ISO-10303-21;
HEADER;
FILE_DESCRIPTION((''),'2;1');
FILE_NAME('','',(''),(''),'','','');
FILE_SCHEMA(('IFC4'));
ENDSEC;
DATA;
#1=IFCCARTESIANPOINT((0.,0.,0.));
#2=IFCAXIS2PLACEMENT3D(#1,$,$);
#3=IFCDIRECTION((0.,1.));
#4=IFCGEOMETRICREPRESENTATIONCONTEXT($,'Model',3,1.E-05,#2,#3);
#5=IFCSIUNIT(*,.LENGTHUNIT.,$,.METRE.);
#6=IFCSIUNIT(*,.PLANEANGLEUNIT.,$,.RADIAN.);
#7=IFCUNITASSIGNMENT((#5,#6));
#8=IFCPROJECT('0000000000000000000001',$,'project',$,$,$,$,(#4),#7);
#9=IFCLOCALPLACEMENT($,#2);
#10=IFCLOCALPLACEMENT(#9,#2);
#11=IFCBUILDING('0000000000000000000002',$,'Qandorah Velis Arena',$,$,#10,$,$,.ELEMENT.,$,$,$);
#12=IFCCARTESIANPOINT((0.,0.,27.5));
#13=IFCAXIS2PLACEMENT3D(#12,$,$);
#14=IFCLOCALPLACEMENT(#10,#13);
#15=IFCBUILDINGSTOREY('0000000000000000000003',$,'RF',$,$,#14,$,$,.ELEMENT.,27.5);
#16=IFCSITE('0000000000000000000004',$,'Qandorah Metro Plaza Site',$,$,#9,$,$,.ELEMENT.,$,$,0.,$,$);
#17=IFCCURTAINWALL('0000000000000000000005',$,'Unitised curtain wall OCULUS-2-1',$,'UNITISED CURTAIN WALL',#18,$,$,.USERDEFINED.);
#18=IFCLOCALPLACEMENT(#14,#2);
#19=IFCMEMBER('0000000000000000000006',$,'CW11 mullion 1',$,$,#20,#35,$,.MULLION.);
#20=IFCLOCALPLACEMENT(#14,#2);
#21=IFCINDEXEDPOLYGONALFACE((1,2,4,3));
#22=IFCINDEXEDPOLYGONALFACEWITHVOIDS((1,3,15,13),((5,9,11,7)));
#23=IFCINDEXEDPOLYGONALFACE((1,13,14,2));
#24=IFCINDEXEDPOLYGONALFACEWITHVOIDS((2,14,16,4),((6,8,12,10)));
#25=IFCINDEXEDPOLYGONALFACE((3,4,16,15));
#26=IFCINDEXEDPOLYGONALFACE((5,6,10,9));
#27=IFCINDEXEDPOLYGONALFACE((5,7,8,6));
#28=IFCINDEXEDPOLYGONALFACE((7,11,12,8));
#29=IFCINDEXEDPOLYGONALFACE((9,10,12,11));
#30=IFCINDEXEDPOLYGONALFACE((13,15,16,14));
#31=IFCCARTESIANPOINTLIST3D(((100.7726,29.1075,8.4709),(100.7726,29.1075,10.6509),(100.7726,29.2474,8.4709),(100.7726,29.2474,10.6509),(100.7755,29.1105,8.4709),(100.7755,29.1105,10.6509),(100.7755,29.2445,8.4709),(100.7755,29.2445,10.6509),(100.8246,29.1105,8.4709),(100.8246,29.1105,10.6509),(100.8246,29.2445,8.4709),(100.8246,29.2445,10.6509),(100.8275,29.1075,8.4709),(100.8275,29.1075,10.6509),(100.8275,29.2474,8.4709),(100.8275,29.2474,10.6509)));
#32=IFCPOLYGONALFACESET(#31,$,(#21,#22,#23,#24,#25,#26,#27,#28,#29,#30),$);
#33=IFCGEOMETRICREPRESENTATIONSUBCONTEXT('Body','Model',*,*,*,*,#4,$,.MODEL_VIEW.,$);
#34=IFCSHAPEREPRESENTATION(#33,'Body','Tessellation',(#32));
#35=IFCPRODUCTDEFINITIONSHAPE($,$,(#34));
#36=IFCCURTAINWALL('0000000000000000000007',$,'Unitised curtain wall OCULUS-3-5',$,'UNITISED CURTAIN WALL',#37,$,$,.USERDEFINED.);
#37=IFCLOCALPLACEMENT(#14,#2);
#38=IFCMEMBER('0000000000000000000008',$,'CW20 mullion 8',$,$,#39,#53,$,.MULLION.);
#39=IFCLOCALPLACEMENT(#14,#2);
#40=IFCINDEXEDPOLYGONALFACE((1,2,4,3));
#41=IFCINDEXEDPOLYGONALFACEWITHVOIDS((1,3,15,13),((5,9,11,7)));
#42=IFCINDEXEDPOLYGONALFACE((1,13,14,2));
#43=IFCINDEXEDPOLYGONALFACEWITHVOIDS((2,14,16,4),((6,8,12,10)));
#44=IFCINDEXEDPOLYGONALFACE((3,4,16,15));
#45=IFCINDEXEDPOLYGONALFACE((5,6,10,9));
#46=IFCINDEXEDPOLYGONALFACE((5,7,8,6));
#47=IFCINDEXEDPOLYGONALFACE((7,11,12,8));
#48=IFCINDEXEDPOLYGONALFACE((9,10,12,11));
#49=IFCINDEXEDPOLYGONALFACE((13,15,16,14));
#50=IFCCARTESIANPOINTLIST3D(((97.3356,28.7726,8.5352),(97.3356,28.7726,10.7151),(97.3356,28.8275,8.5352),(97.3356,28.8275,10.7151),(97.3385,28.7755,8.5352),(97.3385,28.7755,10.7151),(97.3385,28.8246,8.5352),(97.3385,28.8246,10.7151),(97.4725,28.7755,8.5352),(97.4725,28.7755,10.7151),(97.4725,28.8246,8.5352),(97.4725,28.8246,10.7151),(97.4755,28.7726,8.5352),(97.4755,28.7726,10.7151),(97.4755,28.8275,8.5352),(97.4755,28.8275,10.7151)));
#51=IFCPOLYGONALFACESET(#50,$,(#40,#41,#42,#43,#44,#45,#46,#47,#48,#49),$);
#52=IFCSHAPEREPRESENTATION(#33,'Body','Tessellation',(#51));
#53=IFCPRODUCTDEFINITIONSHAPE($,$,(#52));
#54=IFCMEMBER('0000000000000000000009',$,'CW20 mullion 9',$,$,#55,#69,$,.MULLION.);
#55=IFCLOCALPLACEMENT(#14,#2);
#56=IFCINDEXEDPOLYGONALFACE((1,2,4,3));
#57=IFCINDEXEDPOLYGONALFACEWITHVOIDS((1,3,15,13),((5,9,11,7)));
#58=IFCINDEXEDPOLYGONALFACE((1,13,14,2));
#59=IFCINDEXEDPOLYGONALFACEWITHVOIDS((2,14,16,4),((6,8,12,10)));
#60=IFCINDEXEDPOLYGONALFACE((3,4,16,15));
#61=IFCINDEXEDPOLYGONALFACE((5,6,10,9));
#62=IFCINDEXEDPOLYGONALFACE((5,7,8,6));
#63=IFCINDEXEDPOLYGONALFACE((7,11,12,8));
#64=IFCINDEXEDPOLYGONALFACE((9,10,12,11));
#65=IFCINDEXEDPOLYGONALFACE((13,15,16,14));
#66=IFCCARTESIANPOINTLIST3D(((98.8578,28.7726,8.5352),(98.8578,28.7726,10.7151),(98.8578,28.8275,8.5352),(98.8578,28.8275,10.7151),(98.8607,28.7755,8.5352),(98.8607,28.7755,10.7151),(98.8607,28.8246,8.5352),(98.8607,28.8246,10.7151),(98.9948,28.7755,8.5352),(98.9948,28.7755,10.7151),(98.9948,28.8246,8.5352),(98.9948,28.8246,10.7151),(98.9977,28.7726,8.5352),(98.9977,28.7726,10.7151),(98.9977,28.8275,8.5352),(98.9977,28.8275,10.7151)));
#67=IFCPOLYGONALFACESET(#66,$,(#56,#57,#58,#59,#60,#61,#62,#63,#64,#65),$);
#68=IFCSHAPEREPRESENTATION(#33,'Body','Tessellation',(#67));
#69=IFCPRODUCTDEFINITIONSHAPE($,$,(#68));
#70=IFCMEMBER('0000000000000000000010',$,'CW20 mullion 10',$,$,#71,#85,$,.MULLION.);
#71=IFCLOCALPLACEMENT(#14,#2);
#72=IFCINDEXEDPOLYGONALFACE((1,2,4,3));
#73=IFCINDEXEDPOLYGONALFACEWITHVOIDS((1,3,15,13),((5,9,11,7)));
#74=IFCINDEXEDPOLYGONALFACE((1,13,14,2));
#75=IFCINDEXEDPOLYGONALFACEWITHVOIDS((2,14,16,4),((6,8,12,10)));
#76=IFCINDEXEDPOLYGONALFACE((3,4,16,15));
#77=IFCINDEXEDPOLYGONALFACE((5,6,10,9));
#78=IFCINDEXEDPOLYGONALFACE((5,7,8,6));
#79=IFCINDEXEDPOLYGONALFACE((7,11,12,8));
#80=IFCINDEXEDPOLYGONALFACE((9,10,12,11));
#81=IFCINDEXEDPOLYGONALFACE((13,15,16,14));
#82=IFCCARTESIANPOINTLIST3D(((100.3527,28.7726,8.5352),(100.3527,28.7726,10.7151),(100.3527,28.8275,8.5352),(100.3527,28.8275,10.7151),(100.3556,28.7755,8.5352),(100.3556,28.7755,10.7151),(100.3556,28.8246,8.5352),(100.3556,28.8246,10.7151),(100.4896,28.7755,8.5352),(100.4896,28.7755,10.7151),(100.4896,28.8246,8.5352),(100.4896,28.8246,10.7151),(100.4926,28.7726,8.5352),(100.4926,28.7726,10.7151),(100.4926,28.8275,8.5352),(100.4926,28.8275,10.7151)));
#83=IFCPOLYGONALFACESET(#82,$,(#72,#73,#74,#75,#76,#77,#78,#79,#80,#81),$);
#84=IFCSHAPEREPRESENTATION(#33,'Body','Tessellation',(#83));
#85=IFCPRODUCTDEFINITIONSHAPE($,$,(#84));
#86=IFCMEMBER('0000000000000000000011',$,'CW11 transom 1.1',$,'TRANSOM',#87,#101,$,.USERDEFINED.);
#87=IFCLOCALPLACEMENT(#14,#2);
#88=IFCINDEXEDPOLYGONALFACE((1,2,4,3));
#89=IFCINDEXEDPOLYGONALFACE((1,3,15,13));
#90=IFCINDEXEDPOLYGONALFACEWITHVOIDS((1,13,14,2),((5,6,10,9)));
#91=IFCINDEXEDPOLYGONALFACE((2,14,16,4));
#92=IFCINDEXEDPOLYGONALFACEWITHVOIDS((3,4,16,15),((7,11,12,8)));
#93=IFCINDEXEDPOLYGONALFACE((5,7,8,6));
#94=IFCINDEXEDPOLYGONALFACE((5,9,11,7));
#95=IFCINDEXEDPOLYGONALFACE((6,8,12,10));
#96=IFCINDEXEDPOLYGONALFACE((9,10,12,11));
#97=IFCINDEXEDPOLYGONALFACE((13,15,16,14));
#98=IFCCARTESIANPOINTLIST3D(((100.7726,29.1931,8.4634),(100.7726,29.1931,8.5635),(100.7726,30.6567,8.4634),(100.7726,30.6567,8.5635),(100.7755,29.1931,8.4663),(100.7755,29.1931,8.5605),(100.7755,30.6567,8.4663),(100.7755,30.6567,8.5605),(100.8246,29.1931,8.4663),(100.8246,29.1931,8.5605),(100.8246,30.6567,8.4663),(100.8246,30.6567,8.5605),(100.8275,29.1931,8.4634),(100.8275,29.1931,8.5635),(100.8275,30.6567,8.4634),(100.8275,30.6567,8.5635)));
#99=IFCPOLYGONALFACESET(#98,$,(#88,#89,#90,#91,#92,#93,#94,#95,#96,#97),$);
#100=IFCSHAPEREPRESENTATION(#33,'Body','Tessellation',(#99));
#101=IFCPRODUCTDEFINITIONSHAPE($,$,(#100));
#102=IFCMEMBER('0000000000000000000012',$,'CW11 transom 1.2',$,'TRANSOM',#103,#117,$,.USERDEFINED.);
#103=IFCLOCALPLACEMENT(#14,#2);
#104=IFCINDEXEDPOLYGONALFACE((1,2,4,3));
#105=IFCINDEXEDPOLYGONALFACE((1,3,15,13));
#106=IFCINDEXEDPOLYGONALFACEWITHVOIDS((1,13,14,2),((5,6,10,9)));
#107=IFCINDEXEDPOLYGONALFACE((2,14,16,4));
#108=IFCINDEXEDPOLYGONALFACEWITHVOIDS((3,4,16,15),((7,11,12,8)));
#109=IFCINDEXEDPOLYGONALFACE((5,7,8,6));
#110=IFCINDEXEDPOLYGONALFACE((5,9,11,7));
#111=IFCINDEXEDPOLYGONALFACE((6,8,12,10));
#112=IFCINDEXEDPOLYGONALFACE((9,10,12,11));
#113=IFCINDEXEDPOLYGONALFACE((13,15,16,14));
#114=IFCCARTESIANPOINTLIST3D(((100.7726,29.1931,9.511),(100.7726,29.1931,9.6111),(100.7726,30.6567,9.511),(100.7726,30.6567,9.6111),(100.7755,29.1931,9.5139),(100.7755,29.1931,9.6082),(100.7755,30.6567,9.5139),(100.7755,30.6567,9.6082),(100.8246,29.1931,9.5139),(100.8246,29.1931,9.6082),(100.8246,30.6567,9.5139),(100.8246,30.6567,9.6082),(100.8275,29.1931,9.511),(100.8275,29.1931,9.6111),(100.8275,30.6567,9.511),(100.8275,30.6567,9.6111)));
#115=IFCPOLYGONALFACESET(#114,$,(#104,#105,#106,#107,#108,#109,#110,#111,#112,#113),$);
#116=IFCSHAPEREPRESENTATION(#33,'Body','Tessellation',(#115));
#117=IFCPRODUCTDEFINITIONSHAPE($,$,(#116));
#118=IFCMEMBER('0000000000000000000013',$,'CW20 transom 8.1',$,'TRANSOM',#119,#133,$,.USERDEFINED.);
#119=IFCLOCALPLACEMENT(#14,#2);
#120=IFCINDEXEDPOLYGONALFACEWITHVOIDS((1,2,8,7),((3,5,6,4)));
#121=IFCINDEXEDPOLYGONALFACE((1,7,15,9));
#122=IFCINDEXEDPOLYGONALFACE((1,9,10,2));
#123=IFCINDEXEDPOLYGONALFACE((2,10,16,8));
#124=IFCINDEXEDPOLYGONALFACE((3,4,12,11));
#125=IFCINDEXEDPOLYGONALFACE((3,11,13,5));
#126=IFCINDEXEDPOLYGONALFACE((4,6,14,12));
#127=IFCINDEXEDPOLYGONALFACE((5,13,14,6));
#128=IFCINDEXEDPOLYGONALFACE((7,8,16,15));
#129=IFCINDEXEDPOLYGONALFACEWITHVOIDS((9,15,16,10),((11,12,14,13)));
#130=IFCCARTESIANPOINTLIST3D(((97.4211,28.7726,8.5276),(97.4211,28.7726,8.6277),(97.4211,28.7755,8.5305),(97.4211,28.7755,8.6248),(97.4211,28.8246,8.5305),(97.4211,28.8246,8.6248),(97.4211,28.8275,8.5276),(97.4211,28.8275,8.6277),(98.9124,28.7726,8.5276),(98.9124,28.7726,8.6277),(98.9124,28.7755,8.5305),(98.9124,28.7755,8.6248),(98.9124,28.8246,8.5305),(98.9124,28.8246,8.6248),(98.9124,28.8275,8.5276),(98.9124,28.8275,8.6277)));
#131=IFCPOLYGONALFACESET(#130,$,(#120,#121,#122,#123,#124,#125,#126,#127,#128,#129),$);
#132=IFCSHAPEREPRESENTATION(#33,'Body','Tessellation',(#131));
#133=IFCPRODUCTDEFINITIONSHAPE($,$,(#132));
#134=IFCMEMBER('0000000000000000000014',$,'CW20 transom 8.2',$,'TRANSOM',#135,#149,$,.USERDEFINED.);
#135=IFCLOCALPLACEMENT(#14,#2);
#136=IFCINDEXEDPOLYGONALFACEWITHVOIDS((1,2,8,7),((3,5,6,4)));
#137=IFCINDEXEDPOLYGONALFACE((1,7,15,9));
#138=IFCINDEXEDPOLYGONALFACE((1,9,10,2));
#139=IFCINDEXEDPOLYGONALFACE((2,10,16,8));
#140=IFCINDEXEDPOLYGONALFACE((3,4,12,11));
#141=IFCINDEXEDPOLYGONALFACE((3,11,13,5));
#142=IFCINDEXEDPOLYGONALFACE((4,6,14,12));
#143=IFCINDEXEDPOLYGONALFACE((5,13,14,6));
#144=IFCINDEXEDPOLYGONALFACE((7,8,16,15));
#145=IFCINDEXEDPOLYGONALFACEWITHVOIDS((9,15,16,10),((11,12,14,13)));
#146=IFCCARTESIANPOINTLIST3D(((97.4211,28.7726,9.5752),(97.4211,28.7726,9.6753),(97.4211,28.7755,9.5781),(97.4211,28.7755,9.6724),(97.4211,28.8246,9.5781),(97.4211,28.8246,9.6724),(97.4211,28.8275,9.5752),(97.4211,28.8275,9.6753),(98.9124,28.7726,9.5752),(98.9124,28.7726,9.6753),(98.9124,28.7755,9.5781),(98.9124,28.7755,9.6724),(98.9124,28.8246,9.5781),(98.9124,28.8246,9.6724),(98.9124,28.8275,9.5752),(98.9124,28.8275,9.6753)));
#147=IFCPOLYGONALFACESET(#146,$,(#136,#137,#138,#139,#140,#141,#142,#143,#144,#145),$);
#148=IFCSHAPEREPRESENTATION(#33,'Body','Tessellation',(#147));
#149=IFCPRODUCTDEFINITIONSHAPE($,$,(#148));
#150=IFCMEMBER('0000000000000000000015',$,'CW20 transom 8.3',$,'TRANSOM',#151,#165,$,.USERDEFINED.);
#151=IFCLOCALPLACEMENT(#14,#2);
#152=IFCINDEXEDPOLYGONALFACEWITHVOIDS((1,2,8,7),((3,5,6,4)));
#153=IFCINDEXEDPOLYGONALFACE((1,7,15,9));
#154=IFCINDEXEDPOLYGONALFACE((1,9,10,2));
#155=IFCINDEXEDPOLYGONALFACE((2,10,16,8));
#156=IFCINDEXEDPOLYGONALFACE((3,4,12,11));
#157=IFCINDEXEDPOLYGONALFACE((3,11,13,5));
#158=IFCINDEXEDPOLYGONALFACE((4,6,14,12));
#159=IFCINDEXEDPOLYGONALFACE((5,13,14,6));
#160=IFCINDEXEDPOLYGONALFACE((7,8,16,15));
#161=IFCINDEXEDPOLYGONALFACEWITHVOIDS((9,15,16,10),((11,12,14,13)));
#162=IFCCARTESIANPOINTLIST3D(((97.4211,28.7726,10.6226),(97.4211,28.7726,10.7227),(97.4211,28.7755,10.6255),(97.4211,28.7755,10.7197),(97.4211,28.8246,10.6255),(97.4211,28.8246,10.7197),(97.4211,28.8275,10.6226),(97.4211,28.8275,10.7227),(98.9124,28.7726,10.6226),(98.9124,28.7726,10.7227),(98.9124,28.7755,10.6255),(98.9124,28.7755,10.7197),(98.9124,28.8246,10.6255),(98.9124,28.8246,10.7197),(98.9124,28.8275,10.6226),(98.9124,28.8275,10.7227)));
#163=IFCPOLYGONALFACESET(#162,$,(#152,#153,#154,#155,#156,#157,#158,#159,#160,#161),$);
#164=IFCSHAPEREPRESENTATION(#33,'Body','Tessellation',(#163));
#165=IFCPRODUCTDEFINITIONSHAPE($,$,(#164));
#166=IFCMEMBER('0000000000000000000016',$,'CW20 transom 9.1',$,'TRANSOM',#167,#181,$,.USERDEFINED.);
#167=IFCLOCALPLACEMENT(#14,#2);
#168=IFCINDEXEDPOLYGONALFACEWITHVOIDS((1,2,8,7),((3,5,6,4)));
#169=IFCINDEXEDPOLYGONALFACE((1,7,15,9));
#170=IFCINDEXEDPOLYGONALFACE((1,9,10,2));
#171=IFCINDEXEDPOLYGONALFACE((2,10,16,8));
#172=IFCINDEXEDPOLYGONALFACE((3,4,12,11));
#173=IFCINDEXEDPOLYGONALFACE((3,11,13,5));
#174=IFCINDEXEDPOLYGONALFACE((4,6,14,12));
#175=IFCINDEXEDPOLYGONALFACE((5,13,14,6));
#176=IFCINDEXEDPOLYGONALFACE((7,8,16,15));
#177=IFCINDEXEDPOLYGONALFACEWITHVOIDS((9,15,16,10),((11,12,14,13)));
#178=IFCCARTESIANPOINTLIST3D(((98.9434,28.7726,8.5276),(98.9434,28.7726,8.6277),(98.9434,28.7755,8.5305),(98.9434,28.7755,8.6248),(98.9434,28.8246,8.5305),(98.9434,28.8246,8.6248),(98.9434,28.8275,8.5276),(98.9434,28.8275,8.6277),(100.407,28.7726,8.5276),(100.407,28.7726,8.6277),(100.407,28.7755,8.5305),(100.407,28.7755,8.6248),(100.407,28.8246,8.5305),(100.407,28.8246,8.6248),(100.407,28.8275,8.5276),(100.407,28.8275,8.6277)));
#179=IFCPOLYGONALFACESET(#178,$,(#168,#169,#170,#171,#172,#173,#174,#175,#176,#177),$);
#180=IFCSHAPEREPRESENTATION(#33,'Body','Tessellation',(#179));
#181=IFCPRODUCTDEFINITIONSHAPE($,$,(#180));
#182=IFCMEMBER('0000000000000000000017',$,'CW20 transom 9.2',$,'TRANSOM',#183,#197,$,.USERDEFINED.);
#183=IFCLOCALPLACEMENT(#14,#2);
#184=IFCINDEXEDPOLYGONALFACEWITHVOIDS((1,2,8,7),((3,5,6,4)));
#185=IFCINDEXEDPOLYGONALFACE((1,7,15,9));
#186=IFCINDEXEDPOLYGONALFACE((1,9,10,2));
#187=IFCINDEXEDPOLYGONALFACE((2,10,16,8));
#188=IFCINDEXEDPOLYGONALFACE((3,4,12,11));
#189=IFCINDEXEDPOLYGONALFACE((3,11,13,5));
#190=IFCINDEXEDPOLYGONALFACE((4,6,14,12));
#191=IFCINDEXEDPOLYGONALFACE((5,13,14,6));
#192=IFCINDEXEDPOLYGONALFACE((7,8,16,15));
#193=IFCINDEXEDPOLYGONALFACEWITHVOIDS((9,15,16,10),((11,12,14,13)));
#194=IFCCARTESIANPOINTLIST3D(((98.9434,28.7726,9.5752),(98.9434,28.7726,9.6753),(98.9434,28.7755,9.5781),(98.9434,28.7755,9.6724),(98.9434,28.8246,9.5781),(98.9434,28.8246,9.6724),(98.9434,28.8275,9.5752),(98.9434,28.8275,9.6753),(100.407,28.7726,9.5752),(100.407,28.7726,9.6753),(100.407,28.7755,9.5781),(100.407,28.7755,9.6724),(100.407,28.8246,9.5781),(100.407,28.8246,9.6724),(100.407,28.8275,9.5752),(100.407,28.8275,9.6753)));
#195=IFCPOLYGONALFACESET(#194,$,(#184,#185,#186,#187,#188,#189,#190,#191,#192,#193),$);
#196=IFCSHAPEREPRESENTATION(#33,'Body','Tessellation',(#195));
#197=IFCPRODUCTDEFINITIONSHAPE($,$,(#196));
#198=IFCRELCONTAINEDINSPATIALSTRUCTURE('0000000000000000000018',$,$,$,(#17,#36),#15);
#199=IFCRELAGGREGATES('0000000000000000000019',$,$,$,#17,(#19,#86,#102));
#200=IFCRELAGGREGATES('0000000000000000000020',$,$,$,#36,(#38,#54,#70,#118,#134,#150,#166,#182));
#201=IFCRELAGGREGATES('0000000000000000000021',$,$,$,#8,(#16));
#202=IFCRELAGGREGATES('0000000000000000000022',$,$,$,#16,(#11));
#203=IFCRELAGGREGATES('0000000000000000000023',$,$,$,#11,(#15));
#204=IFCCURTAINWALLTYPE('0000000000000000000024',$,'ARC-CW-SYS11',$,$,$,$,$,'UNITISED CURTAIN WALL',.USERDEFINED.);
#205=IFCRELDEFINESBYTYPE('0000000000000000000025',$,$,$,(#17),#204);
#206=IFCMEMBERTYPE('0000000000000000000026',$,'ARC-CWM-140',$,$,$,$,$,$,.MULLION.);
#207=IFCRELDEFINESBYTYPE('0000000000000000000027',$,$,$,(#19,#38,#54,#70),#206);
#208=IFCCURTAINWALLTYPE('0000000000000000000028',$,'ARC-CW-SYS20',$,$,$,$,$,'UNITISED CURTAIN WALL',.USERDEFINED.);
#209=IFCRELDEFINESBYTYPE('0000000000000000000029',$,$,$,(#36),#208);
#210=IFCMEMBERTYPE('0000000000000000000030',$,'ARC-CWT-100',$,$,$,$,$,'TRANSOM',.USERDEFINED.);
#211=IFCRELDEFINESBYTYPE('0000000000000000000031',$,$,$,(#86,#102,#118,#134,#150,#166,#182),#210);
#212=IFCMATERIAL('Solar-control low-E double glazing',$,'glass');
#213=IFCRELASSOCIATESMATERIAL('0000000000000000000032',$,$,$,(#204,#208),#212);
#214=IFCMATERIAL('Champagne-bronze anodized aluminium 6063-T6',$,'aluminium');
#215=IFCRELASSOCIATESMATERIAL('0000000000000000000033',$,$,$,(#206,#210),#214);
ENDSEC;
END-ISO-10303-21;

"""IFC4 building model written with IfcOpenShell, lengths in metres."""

from ifc_helpers import new_model, si_unit, direction, frame, origin, origin_2d, place, context, subcontext, project, spatial, hollow_rectangle, extrude, material, material_profile, profile_set, type_object, element, aggregate, save


model = new_model("IFC4")

# Units and contexts
model_context = context("Model", 3, precision=1e-05, world=origin(), true_north=direction((0.0, 1.0)))
body_context = subcontext(model_context, "Body", "Model", "MODEL_VIEW")
ifc_project = project(units=[si_unit("LENGTHUNIT", "METRE"), si_unit("PLANEANGLEUNIT", "RADIAN")], contexts=[model_context])

# Site, building, storey
site_placement = place(None, origin())
site = spatial("IfcSite", under=ifc_project, at=site_placement, Name="Qandorah Metro Plaza Site", CompositionType="ELEMENT", RefElevation=0.0)
building_placement = place(site_placement, origin())
building = spatial("IfcBuilding", under=site, at=building_placement, Name="Qandorah Velis Arena", CompositionType="ELEMENT")
storey_placement = place(building_placement, frame((0.0, 0.0, 27.5)))
storey = spatial("IfcBuildingStorey", under=building, at=storey_placement, Name="RF", CompositionType="ELEMENT", Elevation=27.5)

# Curtain wall, member
ifc_material_1 = material(Name="Solar-control low-E double glazing", Category="glass")
curtain_wall_type_1 = type_object("IfcCurtainWallType", Name="ARC-CW-SYS11", ElementType="UNITISED CURTAIN WALL", PredefinedType="USERDEFINED", material=ifc_material_1)
curtain_wall_1_placement = place(storey_placement, origin())
curtain_wall_1 = element("IfcCurtainWall", 1, at=curtain_wall_1_placement, inside=storey, type_object=curtain_wall_type_1, Name="Unitised curtain wall OCULUS-2-1", ObjectType="UNITISED CURTAIN WALL", PredefinedType="USERDEFINED")
ifc_material_2 = material(Name="Champagne-bronze anodized aluminium 6063-T6", Category="aluminium")
ifc_material_profile_1 = material_profile(ifc_material_2, hollow_rectangle(XDim=0.0549, YDim=0.1399, WallThickness=0.0029, at=origin_2d()), Name="ALU MULLION 55x140")
ifc_profile_set_1 = profile_set([ifc_material_profile_1], Name="Champagne-bronze anodized aluminium 6063-T6")
member_type_1 = type_object("IfcMemberType", Name="ARC-CWM-140", PredefinedType="MULLION", material=ifc_profile_set_1)
member_1_placement = place(storey_placement, frame((100.8, 29.1775, 8.4709), z_axis=(0.0, 0.0, 1.0), x_axis=(-1.0, 0.0, 0.0)))
member_1 = element("IfcMember", 2, at=member_1_placement, type_object=member_type_1, Name="CW11 mullion 1", PredefinedType="MULLION", context=body_context, shape_type="SweptSolid", body=[
    extrude(hollow_rectangle(XDim=0.0549, YDim=0.1399, WallThickness=0.0029, at=origin_2d()), origin(), (0.0, 0.0, 1.0), 2.1799),
])

# Curtain wall, members
curtain_wall_type_2 = type_object("IfcCurtainWallType", Name="ARC-CW-SYS20", ElementType="UNITISED CURTAIN WALL", PredefinedType="USERDEFINED", material=ifc_material_1)
curtain_wall_2_placement = place(storey_placement, origin())
curtain_wall_2 = element("IfcCurtainWall", 3, at=curtain_wall_2_placement, inside=storey, type_object=curtain_wall_type_2, Name="Unitised curtain wall OCULUS-3-5", ObjectType="UNITISED CURTAIN WALL", PredefinedType="USERDEFINED")
member_2_placement = place(storey_placement, frame((97.4055, 28.8, 8.5352), z_axis=(0.0, 0.0, 1.0), x_axis=(0.0, 1.0, 0.0)))
member_2 = element("IfcMember", 4, at=member_2_placement, type_object=member_type_1, Name="CW20 mullion 8", PredefinedType="MULLION", context=body_context, shape_type="SweptSolid", body=[
    extrude(hollow_rectangle(XDim=0.0549, YDim=0.1399, WallThickness=0.0029, at=origin_2d()), origin(), (0.0, 0.0, 1.0), 2.1799),
])
member_3_placement = place(storey_placement, frame((98.9277, 28.8, 8.5352), z_axis=(0.0, 0.0, 1.0), x_axis=(0.0, 1.0, 0.0)))
member_3 = element("IfcMember", 5, at=member_3_placement, type_object=member_type_1, Name="CW20 mullion 9", PredefinedType="MULLION", context=body_context, shape_type="SweptSolid", body=[
    extrude(hollow_rectangle(XDim=0.0549, YDim=0.1399, WallThickness=0.0029, at=origin_2d()), origin(), (0.0, 0.0, 1.0), 2.1799),
])
member_4_placement = place(storey_placement, frame((100.4226, 28.8, 8.5352), z_axis=(0.0, 0.0, 1.0), x_axis=(0.0, 1.0, 0.0)))
member_4 = element("IfcMember", 6, at=member_4_placement, type_object=member_type_1, Name="CW20 mullion 10", PredefinedType="MULLION", context=body_context, shape_type="SweptSolid", body=[
    extrude(hollow_rectangle(XDim=0.0549, YDim=0.1399, WallThickness=0.0029, at=origin_2d()), origin(), (0.0, 0.0, 1.0), 2.1799),
])

# Members
ifc_material_profile_2 = material_profile(ifc_material_2, hollow_rectangle(XDim=0.0549, YDim=0.1001, WallThickness=0.0029, at=origin_2d()), Name="ALU TRANSOM 55x100")
ifc_profile_set_2 = profile_set([ifc_material_profile_2], Name="Champagne-bronze anodized aluminium 6063-T6")
member_type_2 = type_object("IfcMemberType", Name="ARC-CWT-100", ElementType="TRANSOM", PredefinedType="USERDEFINED", material=ifc_profile_set_2)
member_5_placement = place(storey_placement, frame((100.8, 29.1931, 8.5134), z_axis=(0.0, 1.0, 0.0), x_axis=(-1.0, 0.0, 0.0)))
member_5 = element("IfcMember", 7, at=member_5_placement, type_object=member_type_2, Name="CW11 transom 1.1", ObjectType="TRANSOM", PredefinedType="USERDEFINED", context=body_context, shape_type="SweptSolid", body=[
    extrude(hollow_rectangle(XDim=0.0549, YDim=0.1001, WallThickness=0.0029, at=origin_2d()), origin(), (0.0, 0.0, 1.0), 1.4636),
])
member_6_placement = place(storey_placement, frame((100.8, 29.1931, 9.561), z_axis=(0.0, 1.0, 0.0), x_axis=(-1.0, 0.0, 0.0)))
member_6 = element("IfcMember", 8, at=member_6_placement, type_object=member_type_2, Name="CW11 transom 1.2", ObjectType="TRANSOM", PredefinedType="USERDEFINED", context=body_context, shape_type="SweptSolid", body=[
    extrude(hollow_rectangle(XDim=0.0549, YDim=0.1001, WallThickness=0.0029, at=origin_2d()), origin(), (0.0, 0.0, 1.0), 1.4636),
])
aggregate(curtain_wall_1, [member_1, member_5, member_6])
member_7_placement = place(storey_placement, frame((97.4211, 28.8, 8.5776), z_axis=(1.0, 0.0, 0.0), x_axis=(0.0, 1.0, 0.0)))
member_7 = element("IfcMember", 9, at=member_7_placement, type_object=member_type_2, Name="CW20 transom 8.1", ObjectType="TRANSOM", PredefinedType="USERDEFINED", context=body_context, shape_type="SweptSolid", body=[
    extrude(hollow_rectangle(XDim=0.0549, YDim=0.1001, WallThickness=0.0029, at=origin_2d()), origin(), (0.0, 0.0, 1.0), 1.4912),
])
member_8_placement = place(storey_placement, frame((97.4211, 28.8, 9.6252), z_axis=(1.0, 0.0, 0.0), x_axis=(0.0, 1.0, 0.0)))
member_8 = element("IfcMember", 10, at=member_8_placement, type_object=member_type_2, Name="CW20 transom 8.2", ObjectType="TRANSOM", PredefinedType="USERDEFINED", context=body_context, shape_type="SweptSolid", body=[
    extrude(hollow_rectangle(XDim=0.0549, YDim=0.1001, WallThickness=0.0029, at=origin_2d()), origin(), (0.0, 0.0, 1.0), 1.4912),
])
member_9_placement = place(storey_placement, frame((97.4211, 28.8, 10.6726), z_axis=(1.0, 0.0, 0.0), x_axis=(0.0, 1.0, 0.0)))
member_9 = element("IfcMember", 11, at=member_9_placement, type_object=member_type_2, Name="CW20 transom 8.3", ObjectType="TRANSOM", PredefinedType="USERDEFINED", context=body_context, shape_type="SweptSolid", body=[
    extrude(hollow_rectangle(XDim=0.0549, YDim=0.1001, WallThickness=0.0029, at=origin_2d()), origin(), (0.0, 0.0, 1.0), 1.4912),
])
member_10_placement = place(storey_placement, frame((98.9434, 28.8, 8.5776), z_axis=(1.0, 0.0, 0.0), x_axis=(0.0, 1.0, 0.0)))
member_10 = element("IfcMember", 12, at=member_10_placement, type_object=member_type_2, Name="CW20 transom 9.1", ObjectType="TRANSOM", PredefinedType="USERDEFINED", context=body_context, shape_type="SweptSolid", body=[
    extrude(hollow_rectangle(XDim=0.0549, YDim=0.1001, WallThickness=0.0029, at=origin_2d()), origin(), (0.0, 0.0, 1.0), 1.4636),
])
member_11_placement = place(storey_placement, frame((98.9434, 28.8, 9.6252), z_axis=(1.0, 0.0, 0.0), x_axis=(0.0, 1.0, 0.0)))
member_11 = element("IfcMember", 13, at=member_11_placement, type_object=member_type_2, Name="CW20 transom 9.2", ObjectType="TRANSOM", PredefinedType="USERDEFINED", context=body_context, shape_type="SweptSolid", body=[
    extrude(hollow_rectangle(XDim=0.0549, YDim=0.1001, WallThickness=0.0029, at=origin_2d()), origin(), (0.0, 0.0, 1.0), 1.4636),
])

aggregate(curtain_wall_2, [member_2, member_3, member_4, member_7, member_8, member_9, member_10, member_11])

save(model, "model.ifc")
